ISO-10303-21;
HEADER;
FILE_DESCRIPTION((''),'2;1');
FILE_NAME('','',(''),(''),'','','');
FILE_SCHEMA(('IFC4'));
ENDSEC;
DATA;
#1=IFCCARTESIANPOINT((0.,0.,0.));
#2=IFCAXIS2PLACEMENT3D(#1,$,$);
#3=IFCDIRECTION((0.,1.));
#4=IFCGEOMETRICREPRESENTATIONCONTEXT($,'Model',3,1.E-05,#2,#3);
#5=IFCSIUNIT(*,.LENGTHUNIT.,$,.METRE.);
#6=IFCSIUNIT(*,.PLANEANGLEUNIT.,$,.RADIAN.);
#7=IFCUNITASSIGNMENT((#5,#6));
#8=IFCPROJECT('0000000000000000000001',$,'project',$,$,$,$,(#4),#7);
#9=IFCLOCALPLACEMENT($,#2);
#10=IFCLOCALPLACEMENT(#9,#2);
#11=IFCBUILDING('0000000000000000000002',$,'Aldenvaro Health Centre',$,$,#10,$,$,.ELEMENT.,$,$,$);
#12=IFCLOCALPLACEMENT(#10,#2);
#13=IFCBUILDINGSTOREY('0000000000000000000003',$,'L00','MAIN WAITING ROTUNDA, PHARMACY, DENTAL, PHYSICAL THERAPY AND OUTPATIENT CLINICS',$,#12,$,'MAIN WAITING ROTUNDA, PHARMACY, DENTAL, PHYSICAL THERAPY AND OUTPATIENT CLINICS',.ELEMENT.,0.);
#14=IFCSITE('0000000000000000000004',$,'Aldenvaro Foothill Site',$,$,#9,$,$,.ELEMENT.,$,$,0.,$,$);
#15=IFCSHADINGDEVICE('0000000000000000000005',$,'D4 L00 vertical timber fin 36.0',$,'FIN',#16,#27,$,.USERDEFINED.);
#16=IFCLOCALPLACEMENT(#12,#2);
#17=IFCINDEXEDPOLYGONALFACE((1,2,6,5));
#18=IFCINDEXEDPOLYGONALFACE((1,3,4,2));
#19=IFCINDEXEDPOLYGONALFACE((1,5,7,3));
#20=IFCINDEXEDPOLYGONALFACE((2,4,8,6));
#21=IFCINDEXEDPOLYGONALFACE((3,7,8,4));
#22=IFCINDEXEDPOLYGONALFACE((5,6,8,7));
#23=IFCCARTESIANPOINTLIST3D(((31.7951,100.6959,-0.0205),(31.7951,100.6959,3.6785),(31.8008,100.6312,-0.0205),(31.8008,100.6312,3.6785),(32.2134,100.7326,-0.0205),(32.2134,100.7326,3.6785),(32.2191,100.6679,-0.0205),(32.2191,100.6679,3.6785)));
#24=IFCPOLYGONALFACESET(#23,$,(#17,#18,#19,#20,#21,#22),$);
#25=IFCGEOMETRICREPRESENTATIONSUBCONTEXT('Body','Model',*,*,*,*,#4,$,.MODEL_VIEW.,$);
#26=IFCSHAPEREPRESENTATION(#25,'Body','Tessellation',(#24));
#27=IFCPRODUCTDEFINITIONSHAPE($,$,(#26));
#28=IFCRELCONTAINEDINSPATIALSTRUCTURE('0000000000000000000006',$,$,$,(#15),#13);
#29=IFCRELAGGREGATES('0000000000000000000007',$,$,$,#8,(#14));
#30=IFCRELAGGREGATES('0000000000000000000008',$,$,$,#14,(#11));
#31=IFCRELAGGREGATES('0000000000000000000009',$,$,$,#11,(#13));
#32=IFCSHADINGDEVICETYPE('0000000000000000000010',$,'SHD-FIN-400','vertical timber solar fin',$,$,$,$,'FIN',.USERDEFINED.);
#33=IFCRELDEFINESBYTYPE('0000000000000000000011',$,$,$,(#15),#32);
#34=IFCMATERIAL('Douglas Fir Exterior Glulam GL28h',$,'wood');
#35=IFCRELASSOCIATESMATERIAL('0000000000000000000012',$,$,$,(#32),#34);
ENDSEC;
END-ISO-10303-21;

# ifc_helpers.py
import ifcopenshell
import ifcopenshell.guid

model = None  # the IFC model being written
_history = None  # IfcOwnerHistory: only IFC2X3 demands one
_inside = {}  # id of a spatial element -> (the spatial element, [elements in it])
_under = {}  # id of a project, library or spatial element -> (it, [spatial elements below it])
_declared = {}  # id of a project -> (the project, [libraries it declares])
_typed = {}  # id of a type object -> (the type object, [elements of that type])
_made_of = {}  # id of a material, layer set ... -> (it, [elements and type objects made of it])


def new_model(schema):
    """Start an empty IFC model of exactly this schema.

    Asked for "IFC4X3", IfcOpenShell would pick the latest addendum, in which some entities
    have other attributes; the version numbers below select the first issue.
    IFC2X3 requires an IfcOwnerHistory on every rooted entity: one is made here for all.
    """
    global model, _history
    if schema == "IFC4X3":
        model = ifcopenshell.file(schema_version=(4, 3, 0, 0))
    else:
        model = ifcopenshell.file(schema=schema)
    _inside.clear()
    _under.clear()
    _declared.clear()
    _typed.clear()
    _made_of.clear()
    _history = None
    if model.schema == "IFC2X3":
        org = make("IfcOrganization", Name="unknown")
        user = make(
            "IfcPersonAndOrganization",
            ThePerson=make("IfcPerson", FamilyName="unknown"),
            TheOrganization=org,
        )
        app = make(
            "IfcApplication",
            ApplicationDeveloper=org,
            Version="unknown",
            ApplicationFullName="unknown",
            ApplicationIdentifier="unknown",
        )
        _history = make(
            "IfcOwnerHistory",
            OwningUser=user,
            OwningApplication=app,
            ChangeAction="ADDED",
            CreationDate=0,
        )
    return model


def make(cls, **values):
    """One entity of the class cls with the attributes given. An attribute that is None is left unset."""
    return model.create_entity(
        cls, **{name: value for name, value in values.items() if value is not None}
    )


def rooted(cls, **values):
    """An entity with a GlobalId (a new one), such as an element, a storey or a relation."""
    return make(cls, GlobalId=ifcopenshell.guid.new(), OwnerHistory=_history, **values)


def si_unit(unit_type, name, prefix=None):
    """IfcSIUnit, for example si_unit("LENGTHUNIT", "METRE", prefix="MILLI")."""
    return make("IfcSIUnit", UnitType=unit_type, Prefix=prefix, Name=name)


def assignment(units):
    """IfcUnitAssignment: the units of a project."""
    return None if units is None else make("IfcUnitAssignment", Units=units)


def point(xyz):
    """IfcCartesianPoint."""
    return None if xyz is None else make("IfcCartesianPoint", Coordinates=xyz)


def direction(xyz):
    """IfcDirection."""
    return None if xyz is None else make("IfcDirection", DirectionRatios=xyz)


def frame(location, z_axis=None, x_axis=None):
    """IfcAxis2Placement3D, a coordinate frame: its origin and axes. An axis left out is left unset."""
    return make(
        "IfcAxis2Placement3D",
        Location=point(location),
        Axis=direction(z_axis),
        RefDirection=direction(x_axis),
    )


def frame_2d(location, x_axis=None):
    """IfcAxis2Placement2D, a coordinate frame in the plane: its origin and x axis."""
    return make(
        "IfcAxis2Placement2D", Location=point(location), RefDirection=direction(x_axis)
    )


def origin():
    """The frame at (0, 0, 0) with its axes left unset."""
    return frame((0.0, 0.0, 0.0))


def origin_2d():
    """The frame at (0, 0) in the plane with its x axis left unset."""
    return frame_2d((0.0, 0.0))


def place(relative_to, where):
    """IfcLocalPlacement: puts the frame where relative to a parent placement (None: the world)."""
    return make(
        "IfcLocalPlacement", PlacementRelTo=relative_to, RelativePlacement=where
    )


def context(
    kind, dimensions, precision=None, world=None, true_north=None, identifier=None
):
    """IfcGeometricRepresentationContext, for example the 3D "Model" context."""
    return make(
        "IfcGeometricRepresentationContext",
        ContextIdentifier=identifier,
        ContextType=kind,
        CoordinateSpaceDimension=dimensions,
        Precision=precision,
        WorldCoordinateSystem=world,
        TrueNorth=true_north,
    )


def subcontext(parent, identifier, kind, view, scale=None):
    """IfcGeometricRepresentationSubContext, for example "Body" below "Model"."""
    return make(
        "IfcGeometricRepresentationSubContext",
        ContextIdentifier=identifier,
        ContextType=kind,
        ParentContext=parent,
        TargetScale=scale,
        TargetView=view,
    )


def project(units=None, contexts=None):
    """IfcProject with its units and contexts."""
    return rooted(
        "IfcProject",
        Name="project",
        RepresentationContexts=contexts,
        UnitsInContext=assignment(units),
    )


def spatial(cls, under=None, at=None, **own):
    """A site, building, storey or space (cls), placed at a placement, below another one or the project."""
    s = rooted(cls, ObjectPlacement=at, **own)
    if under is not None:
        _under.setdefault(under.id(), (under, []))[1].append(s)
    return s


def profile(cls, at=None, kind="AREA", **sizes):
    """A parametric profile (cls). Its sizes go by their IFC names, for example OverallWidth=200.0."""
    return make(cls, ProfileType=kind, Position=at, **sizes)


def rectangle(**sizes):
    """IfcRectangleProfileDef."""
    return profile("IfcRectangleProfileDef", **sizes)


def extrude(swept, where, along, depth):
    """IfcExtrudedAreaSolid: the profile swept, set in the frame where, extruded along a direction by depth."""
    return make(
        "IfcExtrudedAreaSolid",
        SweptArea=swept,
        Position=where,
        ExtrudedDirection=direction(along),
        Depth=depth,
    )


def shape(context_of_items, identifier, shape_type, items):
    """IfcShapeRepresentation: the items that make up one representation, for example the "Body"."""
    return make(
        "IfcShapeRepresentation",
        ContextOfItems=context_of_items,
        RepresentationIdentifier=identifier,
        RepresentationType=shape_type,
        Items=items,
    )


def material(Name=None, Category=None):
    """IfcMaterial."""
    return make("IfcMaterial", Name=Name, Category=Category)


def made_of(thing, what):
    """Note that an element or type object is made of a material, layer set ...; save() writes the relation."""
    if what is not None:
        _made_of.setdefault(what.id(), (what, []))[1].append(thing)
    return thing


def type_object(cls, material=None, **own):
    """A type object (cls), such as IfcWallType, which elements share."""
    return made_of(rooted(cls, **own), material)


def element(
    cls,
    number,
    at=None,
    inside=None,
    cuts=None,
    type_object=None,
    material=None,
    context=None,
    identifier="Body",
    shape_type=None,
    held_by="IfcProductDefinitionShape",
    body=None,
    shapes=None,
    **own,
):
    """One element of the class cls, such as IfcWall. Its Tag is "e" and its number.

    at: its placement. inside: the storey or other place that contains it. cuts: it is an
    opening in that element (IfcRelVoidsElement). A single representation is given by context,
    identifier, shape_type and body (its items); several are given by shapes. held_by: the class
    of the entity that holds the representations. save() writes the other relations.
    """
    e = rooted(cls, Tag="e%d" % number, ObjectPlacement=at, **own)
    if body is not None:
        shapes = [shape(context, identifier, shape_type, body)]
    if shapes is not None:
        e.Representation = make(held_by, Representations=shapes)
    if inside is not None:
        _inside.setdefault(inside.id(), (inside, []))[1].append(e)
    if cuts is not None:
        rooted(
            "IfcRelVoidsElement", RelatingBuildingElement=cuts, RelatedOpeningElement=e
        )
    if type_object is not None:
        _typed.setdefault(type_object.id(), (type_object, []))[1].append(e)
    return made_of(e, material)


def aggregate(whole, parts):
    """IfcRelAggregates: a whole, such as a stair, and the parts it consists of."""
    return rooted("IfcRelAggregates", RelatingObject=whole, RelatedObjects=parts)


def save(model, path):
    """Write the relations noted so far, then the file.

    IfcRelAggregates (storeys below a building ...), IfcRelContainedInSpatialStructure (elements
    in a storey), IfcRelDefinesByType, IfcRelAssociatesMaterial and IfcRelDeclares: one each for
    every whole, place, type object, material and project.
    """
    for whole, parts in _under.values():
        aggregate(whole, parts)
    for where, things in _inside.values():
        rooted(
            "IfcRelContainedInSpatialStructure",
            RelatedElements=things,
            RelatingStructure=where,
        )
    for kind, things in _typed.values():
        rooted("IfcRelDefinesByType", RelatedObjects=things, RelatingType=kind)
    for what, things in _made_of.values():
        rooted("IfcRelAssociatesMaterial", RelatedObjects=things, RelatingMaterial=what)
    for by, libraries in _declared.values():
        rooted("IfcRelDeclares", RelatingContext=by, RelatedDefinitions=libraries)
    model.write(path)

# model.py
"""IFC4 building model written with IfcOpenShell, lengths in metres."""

from ifc_helpers import new_model, si_unit, direction, frame, origin, origin_2d, place, context, subcontext, project, spatial, rectangle, extrude, material, type_object, element, save


model = new_model("IFC4")

# Units and contexts
model_context = context("Model", 3, precision=1e-05, world=origin(), true_north=direction((0.0, 1.0)))
body_context = subcontext(model_context, "Body", "Model", "MODEL_VIEW")
ifc_project = project(units=[si_unit("LENGTHUNIT", "METRE"), si_unit("PLANEANGLEUNIT", "RADIAN")], contexts=[model_context])

# Site, building, storey
site_placement = place(None, origin())
site = spatial("IfcSite", under=ifc_project, at=site_placement, Name="Aldenvaro Foothill Site", CompositionType="ELEMENT", RefElevation=0.0)
building_placement = place(site_placement, origin())
building = spatial("IfcBuilding", under=site, at=building_placement, Name="Aldenvaro Health Centre", CompositionType="ELEMENT")
storey_placement = place(building_placement, origin())
storey = spatial("IfcBuildingStorey", under=building, at=storey_placement, Name="L00", Description="MAIN WAITING ROTUNDA, PHARMACY, DENTAL, PHYSICAL THERAPY AND OUTPATIENT CLINICS", LongName="MAIN WAITING ROTUNDA, PHARMACY, DENTAL, PHYSICAL THERAPY AND OUTPATIENT CLINICS", CompositionType="ELEMENT", Elevation=0.0)

# Shading device
ifc_material_1 = material(Name="Douglas Fir Exterior Glulam GL28h", Category="wood")
shading_device_type = type_object("IfcShadingDeviceType", Name="SHD-FIN-400", Description="vertical timber solar fin", ElementType="FIN", PredefinedType="USERDEFINED", material=ifc_material_1)
shading_device_placement = place(storey_placement, frame((32.0071, 100.6819, -0.0205), z_axis=(0.0, 0.0, 1.0), x_axis=(0.087332, -0.996179, 0.0)))
element("IfcShadingDevice", 1, at=shading_device_placement, inside=storey, type_object=shading_device_type, Name="D4 L00 vertical timber fin 36.0", ObjectType="FIN", PredefinedType="USERDEFINED", context=body_context, shape_type="SweptSolid", body=[
    extrude(rectangle(XDim=0.0649, YDim=0.4199, at=origin_2d()), origin(), (0.0, 0.0, 1.0), 3.699),
])

save(model, "model.ifc")
